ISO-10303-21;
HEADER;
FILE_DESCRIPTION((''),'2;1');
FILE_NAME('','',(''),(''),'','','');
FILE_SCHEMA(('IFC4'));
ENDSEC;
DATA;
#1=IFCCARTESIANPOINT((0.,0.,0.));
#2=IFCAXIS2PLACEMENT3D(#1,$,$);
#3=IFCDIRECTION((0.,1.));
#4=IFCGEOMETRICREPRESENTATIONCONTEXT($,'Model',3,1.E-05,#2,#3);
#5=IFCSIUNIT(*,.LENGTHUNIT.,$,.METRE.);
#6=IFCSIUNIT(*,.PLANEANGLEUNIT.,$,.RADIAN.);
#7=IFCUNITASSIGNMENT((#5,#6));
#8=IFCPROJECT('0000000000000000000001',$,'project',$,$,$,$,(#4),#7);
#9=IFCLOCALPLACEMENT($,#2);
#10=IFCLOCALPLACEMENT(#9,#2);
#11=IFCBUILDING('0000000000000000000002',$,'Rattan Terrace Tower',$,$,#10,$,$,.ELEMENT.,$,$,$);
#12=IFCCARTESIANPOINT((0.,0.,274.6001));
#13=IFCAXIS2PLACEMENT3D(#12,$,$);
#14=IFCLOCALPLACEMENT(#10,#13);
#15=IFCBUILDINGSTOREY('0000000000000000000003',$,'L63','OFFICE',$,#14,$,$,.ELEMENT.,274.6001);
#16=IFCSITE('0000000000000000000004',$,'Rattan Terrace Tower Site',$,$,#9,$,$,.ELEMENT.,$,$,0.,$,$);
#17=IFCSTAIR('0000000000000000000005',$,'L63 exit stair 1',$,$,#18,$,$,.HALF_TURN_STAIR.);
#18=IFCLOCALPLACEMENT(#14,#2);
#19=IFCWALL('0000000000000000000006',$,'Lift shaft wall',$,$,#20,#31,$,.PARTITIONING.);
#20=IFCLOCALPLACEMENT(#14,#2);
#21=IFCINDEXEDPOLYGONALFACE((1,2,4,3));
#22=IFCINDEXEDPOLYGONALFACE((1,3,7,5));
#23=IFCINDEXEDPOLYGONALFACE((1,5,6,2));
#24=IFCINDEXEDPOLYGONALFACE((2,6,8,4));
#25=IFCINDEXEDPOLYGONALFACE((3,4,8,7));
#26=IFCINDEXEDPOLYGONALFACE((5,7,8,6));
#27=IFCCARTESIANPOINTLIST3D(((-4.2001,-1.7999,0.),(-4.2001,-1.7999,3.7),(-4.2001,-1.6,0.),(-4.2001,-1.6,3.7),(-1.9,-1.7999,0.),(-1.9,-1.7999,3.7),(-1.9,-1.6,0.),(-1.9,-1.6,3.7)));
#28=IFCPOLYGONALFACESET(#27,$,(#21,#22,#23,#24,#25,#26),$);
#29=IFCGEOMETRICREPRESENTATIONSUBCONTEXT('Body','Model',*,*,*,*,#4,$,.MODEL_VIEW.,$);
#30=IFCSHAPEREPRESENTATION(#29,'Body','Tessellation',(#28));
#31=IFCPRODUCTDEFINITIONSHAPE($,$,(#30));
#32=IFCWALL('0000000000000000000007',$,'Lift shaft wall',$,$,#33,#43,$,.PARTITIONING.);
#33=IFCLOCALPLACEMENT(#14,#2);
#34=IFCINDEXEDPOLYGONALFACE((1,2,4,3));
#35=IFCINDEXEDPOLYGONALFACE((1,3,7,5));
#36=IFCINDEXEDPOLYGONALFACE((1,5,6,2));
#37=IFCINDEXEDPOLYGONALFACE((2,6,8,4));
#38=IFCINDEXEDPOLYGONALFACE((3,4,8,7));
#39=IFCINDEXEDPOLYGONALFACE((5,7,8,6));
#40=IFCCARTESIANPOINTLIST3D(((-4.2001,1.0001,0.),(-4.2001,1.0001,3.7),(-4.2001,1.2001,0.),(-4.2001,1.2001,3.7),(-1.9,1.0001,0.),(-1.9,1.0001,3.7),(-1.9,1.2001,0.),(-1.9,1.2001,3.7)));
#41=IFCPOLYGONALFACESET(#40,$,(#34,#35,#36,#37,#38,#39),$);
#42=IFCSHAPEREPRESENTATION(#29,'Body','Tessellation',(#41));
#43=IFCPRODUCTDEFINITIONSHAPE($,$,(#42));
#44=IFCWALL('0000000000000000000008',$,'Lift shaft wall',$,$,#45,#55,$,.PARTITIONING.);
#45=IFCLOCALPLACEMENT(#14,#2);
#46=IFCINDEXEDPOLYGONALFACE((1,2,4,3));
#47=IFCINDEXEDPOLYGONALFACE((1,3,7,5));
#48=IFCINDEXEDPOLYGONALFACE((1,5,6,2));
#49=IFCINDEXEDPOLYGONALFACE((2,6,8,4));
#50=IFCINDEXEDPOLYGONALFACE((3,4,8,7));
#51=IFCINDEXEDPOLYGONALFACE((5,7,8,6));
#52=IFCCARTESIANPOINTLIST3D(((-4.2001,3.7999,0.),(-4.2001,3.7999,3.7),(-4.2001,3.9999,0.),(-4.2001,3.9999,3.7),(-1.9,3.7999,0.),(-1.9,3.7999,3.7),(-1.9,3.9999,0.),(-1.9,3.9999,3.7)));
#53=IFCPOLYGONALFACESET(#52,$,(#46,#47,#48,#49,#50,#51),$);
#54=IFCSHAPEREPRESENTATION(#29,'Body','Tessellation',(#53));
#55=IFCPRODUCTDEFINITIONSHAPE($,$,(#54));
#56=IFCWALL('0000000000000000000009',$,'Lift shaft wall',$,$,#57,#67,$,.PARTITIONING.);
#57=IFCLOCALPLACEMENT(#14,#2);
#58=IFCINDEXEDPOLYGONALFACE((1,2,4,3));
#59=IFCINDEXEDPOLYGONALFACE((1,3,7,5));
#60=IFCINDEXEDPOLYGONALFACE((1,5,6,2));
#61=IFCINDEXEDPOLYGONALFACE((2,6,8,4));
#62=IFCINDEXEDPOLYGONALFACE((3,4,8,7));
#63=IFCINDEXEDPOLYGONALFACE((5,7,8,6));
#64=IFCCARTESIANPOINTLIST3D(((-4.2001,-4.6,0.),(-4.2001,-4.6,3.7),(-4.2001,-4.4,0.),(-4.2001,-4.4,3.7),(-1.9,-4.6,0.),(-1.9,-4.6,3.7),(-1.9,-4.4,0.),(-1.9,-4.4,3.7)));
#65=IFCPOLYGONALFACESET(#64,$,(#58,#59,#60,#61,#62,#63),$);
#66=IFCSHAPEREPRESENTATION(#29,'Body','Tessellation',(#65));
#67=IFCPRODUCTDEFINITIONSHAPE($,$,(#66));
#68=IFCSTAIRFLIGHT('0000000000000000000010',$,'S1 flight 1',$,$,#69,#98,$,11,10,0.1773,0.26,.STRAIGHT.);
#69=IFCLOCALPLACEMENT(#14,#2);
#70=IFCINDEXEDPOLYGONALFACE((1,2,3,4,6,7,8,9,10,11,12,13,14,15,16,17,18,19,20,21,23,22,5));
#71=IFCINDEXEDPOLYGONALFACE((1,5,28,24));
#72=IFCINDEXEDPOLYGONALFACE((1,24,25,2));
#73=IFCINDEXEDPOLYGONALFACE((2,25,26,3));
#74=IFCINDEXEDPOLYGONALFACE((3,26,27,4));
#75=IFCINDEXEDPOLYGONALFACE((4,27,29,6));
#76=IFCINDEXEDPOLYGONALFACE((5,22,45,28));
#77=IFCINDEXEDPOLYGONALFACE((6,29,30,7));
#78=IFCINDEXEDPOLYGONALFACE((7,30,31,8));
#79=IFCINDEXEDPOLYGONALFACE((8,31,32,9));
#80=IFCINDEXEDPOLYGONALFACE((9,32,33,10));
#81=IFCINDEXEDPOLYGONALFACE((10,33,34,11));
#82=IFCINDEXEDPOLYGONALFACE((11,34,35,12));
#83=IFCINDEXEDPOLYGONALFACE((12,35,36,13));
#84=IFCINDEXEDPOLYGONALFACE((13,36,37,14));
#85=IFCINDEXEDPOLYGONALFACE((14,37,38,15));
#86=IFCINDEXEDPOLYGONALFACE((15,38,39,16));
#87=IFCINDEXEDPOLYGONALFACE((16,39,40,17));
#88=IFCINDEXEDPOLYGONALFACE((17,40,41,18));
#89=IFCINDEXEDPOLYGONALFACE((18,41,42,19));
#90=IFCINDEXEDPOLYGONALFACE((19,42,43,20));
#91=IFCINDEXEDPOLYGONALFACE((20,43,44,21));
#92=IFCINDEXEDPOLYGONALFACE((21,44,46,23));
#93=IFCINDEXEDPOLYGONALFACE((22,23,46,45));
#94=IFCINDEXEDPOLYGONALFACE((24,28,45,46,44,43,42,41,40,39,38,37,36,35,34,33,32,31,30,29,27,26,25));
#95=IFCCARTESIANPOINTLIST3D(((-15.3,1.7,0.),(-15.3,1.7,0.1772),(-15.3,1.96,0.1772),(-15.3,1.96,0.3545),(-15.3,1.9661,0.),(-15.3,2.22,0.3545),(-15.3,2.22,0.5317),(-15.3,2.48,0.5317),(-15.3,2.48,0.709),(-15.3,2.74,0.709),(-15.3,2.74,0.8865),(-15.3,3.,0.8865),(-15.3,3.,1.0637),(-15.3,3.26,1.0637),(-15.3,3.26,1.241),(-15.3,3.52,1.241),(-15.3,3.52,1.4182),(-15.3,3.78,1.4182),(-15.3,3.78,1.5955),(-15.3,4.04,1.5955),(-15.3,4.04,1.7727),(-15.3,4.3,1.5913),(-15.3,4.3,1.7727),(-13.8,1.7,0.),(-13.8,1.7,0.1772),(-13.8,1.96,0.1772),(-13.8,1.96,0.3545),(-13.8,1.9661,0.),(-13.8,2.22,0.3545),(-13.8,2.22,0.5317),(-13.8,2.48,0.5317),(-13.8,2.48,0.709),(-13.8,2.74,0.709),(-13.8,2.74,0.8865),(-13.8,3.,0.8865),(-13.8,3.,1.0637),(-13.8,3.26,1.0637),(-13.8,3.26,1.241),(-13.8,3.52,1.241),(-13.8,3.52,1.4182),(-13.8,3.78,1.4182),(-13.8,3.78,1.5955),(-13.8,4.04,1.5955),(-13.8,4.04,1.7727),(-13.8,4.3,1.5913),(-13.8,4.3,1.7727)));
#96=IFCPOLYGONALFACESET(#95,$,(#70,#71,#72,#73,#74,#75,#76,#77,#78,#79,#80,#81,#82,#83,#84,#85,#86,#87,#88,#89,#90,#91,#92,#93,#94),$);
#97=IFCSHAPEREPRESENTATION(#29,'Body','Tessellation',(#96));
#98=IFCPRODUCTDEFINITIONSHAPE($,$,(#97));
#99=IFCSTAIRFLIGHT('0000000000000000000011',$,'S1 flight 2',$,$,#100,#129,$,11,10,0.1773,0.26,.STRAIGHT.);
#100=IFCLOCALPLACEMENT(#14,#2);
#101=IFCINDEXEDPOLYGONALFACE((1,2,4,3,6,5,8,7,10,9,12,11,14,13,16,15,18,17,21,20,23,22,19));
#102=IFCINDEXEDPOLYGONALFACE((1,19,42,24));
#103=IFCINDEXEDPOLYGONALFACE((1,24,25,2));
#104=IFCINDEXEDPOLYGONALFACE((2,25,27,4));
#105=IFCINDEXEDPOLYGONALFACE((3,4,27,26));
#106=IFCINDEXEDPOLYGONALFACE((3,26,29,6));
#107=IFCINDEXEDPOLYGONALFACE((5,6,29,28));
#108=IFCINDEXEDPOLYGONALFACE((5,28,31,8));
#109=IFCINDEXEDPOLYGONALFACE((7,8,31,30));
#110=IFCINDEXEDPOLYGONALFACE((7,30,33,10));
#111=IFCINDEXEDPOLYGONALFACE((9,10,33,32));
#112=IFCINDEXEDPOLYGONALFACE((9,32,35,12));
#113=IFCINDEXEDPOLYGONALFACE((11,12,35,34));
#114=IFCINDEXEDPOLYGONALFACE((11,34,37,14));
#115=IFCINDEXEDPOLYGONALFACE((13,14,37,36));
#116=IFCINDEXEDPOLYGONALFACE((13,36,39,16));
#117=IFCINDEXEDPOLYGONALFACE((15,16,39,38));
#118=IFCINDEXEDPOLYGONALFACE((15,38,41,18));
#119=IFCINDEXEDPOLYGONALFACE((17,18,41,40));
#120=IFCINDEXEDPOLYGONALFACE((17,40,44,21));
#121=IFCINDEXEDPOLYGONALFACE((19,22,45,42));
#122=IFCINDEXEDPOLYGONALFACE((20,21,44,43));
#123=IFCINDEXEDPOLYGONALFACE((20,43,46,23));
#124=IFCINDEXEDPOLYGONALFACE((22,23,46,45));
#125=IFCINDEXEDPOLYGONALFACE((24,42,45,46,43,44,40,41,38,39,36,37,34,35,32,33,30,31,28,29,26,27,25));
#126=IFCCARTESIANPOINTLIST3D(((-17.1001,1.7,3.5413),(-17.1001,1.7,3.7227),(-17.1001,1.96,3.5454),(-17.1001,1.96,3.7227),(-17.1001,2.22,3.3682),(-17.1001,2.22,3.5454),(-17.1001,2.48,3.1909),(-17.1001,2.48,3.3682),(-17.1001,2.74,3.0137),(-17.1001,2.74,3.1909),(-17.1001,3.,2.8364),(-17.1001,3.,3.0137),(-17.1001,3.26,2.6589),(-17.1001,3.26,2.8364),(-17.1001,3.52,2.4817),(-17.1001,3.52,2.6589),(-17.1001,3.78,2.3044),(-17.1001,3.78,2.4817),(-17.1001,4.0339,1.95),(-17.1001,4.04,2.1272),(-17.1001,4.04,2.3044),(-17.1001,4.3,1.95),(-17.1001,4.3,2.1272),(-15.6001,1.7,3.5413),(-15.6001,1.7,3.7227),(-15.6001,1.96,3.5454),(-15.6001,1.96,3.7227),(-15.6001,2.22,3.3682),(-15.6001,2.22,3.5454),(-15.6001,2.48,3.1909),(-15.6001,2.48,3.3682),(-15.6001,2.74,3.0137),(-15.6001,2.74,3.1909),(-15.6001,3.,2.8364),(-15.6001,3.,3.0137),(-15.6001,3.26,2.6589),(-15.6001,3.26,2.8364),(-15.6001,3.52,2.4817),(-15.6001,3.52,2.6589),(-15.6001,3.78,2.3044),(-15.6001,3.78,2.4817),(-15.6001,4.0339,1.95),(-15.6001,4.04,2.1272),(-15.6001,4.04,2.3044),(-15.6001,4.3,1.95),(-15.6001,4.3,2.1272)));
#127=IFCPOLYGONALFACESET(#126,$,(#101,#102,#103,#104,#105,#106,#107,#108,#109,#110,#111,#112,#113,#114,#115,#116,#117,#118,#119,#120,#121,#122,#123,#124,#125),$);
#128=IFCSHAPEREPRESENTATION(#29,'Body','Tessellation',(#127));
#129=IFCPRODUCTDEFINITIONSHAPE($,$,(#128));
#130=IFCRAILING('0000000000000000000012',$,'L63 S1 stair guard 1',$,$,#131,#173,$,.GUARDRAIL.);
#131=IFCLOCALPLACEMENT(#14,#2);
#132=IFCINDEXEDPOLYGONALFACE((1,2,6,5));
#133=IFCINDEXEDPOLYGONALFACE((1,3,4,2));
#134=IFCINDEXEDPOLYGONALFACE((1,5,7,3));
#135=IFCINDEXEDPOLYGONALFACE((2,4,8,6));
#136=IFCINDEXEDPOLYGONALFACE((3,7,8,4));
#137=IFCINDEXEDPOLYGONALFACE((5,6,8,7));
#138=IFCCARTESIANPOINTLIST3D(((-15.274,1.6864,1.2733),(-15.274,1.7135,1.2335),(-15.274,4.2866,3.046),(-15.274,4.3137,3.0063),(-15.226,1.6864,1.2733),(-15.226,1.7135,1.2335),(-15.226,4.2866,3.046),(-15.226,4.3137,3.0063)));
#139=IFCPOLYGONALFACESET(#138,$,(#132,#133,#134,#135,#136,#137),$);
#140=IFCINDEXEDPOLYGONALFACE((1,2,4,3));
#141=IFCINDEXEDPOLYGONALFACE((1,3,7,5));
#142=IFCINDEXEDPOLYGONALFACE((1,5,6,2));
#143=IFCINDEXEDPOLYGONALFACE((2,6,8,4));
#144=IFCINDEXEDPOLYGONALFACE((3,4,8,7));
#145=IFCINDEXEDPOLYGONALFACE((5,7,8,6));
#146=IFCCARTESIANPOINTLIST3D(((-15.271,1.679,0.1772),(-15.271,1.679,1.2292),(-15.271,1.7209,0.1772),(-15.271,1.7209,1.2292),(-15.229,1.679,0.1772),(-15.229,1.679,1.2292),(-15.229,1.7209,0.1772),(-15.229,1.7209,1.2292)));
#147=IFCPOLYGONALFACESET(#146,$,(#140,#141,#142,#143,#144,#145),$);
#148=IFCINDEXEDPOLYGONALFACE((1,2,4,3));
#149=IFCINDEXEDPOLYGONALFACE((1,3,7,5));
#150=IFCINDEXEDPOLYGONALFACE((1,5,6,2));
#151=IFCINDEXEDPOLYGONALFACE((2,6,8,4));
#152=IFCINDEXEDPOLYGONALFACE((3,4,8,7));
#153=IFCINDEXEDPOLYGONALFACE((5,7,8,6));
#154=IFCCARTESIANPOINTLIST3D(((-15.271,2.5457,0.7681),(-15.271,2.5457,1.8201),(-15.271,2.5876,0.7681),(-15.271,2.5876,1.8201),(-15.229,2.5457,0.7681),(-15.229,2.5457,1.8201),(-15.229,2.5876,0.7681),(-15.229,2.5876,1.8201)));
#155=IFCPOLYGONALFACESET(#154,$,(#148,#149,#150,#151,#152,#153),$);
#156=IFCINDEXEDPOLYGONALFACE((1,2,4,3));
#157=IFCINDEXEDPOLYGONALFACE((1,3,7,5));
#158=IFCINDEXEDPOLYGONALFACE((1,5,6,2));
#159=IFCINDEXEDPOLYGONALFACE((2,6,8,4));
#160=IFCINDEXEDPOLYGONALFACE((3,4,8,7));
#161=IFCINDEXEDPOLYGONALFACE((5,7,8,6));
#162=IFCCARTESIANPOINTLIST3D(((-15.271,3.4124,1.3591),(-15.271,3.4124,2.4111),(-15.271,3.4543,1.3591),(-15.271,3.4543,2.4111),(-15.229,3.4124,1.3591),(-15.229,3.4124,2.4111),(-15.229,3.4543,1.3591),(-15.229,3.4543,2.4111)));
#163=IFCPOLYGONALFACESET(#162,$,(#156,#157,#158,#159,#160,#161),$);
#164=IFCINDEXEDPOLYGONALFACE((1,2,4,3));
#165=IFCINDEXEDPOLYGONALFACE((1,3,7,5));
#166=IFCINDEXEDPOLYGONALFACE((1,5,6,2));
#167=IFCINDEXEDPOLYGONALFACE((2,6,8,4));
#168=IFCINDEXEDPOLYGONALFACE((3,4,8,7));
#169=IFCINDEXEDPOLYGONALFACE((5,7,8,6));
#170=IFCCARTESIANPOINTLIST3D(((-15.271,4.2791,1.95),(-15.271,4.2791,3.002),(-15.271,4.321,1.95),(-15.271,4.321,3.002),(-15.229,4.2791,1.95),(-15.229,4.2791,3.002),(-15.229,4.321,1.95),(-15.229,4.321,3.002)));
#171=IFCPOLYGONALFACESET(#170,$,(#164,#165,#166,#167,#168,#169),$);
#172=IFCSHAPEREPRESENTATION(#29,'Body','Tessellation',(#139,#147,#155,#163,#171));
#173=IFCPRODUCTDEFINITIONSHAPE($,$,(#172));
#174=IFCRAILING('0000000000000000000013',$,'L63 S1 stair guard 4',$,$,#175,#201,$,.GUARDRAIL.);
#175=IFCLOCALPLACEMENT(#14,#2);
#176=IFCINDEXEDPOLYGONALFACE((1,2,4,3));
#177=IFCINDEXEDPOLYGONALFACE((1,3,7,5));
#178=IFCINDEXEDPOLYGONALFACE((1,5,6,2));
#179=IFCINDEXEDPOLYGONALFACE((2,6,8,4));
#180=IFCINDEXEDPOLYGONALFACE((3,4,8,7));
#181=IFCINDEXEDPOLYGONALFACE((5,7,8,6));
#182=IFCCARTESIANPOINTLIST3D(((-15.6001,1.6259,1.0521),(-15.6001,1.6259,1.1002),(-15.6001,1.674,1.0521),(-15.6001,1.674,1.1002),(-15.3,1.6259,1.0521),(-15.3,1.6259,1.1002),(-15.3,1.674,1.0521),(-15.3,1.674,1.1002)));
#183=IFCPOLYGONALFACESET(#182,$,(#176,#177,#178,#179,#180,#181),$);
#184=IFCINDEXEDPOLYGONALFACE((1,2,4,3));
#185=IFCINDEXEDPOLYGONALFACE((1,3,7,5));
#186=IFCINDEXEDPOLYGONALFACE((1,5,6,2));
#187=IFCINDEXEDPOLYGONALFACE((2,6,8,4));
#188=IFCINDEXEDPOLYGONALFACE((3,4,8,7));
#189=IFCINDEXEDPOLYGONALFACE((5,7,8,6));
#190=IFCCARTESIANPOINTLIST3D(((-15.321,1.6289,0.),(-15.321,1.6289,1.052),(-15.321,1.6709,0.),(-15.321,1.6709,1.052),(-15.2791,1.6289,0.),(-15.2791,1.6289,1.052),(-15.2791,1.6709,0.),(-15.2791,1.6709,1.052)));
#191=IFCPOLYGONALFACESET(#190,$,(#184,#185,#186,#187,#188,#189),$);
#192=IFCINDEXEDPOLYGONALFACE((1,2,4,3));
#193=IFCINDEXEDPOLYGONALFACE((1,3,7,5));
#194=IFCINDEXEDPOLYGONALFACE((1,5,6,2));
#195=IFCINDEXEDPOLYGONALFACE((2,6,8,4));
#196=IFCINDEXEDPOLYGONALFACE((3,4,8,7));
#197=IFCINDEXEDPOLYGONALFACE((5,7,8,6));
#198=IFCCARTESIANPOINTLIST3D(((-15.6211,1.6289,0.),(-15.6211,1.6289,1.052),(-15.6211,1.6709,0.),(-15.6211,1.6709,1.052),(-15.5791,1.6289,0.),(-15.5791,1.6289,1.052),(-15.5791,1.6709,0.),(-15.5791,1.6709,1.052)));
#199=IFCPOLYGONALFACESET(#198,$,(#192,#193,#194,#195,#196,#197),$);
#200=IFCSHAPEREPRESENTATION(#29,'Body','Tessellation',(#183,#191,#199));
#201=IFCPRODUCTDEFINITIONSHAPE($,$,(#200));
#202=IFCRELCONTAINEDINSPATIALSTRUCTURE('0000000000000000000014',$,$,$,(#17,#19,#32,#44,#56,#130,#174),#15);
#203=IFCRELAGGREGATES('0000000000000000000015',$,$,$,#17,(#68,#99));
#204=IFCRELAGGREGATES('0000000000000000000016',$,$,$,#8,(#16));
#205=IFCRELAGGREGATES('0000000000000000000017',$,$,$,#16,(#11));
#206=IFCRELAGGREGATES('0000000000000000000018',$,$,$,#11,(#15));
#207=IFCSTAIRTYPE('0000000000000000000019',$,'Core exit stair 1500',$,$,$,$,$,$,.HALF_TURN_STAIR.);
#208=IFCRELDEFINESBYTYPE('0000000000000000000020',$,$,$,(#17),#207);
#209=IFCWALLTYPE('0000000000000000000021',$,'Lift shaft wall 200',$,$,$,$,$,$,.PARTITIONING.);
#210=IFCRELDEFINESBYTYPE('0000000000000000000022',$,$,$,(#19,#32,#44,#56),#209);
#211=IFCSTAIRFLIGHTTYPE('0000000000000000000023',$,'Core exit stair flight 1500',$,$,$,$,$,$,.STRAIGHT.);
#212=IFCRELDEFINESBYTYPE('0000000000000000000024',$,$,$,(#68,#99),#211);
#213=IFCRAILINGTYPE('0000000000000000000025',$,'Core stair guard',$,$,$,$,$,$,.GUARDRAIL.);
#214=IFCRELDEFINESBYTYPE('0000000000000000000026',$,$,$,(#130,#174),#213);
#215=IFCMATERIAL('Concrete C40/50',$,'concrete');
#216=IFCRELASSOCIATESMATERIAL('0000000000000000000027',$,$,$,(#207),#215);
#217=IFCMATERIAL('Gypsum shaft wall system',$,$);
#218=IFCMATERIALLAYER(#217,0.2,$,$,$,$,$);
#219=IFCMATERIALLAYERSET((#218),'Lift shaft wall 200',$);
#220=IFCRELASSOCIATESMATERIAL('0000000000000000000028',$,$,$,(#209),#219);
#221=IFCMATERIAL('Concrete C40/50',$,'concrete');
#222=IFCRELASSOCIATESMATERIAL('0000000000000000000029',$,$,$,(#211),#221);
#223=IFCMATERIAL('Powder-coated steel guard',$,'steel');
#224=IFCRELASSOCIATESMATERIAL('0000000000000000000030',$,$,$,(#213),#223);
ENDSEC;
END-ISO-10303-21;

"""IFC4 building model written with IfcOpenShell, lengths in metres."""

from ifc_helpers import new_model, si_unit, direction, frame, frame_2d, origin, origin_2d, place, context, subcontext, project, spatial, polyline, rectangle, outline, extrude, material, layer, layer_set, type_object, element, aggregate, save


model = new_model("IFC4")

# Units and contexts
model_context = context("Model", 3, precision=1e-05, world=origin(), true_north=direction((0.0, 1.0)))
body_context = subcontext(model_context, "Body", "Model", "MODEL_VIEW")
ifc_project = project(units=[si_unit("LENGTHUNIT", "METRE"), si_unit("PLANEANGLEUNIT", "RADIAN")], contexts=[model_context])

# Site, building, storey
site_placement = place(None, origin())
site = spatial("IfcSite", under=ifc_project, at=site_placement, Name="Rattan Terrace Tower Site", CompositionType="ELEMENT", RefElevation=0.0)
building_placement = place(site_placement, origin())
building = spatial("IfcBuilding", under=site, at=building_placement, Name="Rattan Terrace Tower", CompositionType="ELEMENT")
storey_placement = place(building_placement, frame((0.0, 0.0, 274.6001)))
storey = spatial("IfcBuildingStorey", under=building, at=storey_placement, Name="L63", Description="OFFICE", CompositionType="ELEMENT", Elevation=274.6001)

# Stair
ifc_material_1 = material(Name="Concrete C40/50", Category="concrete")
stair_type = type_object("IfcStairType", Name="Core exit stair 1500", PredefinedType="HALF_TURN_STAIR", material=ifc_material_1)
stair_1_placement = place(storey_placement, origin())
stair_1 = element("IfcStair", 1, at=stair_1_placement, inside=storey, type_object=stair_type, Name="L63 exit stair 1", PredefinedType="HALF_TURN_STAIR")

# Shared definitions
ifc_material_2 = material(Name="Gypsum shaft wall system")
ifc_layer_1 = layer(ifc_material_2, 0.2)
ifc_layer_set_1 = layer_set([ifc_layer_1], Name="Lift shaft wall 200")
wall_type_1 = type_object("IfcWallType", Name="Lift shaft wall 200", PredefinedType="PARTITIONING", material=ifc_layer_set_1)

# Walls
for number, where, z_axis, x_axis, name in (
    (2, (-4.2, -1.7, 0.0), (0.0, 0.0, 1.0), (1.0, 0.0, 0.0), "Lift shaft wall"),
    (3, (-4.2, 1.1001, 0.0), (0.0, 0.0, 1.0), (1.0, 0.0, 0.0), "Lift shaft wall"),
    (4, (-4.2, 3.8999, 0.0), (0.0, 0.0, 1.0), (1.0, 0.0, 0.0), "Lift shaft wall"),
    (5, (-4.2, -4.5, 0.0), (0.0, 0.0, 1.0), (1.0, 0.0, 0.0), "Lift shaft wall"),
):
    element("IfcWall", number, at=place(storey_placement, frame(where, z_axis=z_axis, x_axis=x_axis)), inside=storey, type_object=wall_type_1, Name=name, PredefinedType="PARTITIONING", context=body_context, shape_type="SweptSolid", body=[
        extrude(rectangle(XDim=2.3, YDim=0.2, at=frame_2d((1.1499, 0.0))), origin(), (0.0, 0.0, 1.0), 3.7),
    ])

# Stair flights
ifc_material_3 = material(Name="Concrete C40/50", Category="concrete")
stair_flight_type = type_object("IfcStairFlightType", Name="Core exit stair flight 1500", PredefinedType="STRAIGHT", material=ifc_material_3)
stair_flight_1_placement = place(storey_placement, frame((-14.55, 1.7, 0.0), z_axis=(0.0, 0.0, 1.0), x_axis=(0.0, 1.0, 0.0)))
stair_flight_1 = element("IfcStairFlight", 6, at=stair_flight_1_placement, type_object=stair_flight_type, Name="S1 flight 1", NumberOfRisers=11, NumberOfTreads=10, PredefinedType="STRAIGHT", RiserHeight=0.1773, TreadLength=0.26, context=body_context, shape_type="SweptSolid", body=[
    extrude(outline(polyline([(0.0, 0.0), (0.0, 0.1772), (0.26, 0.1772), (0.26, 0.3545), (0.52, 0.3545), (0.52, 0.5317), (0.78, 0.5317), (0.78, 0.709), (1.04, 0.709), (1.04, 0.8865), (1.3, 0.8865), (1.3, 1.0637), (1.5601, 1.0637), (1.5601, 1.241), (1.8201, 1.241), (1.8201, 1.4182), (2.0801, 1.4182), (2.0801, 1.5955), (2.3401, 1.5955), (2.3401, 1.7727), (2.6001, 1.7727), (2.6001, 1.95), (2.6001, 1.5913), (0.2661, 0.0), (0.0, 0.0)])), frame((0.0, 0.75, 0.0), z_axis=(0.0, -1.0, 0.0), x_axis=(1.0, 0.0, 0.0)), (0.0, 0.0, 1.0), 1.5),
])
stair_flight_2_placement = place(storey_placement, frame((-16.3501, 4.3, 1.95), z_axis=(0.0, 0.0, 1.0), x_axis=(0.0, -1.0, 0.0)))
stair_flight_2 = element("IfcStairFlight", 7, at=stair_flight_2_placement, type_object=stair_flight_type, Name="S1 flight 2", NumberOfRisers=11, NumberOfTreads=10, PredefinedType="STRAIGHT", RiserHeight=0.1773, TreadLength=0.26, context=body_context, shape_type="SweptSolid", body=[
    extrude(outline(polyline([(0.0, 0.0), (0.0, 0.1772), (0.26, 0.1772), (0.26, 0.3545), (0.52, 0.3545), (0.52, 0.5317), (0.78, 0.5317), (0.78, 0.709), (1.04, 0.709), (1.04, 0.8865), (1.3, 0.8865), (1.3, 1.0637), (1.5601, 1.0637), (1.5601, 1.241), (1.8201, 1.241), (1.8201, 1.4182), (2.0801, 1.4182), (2.0801, 1.5955), (2.3401, 1.5955), (2.3401, 1.7727), (2.6001, 1.7727), (2.6001, 1.95), (2.6001, 1.5913), (0.2661, 0.0), (0.0, 0.0)])), frame((0.0, 0.75, 0.0), z_axis=(0.0, -1.0, 0.0), x_axis=(1.0, 0.0, 0.0)), (0.0, 0.0, 1.0), 1.5),
])
aggregate(stair_1, [stair_flight_1, stair_flight_2])

# Railings
ifc_material_4 = material(Name="Powder-coated steel guard", Category="steel")
railing_type_1 = type_object("IfcRailingType", Name="Core stair guard", PredefinedType="GUARDRAIL", material=ifc_material_4)
railing_1_placement = place(storey_placement, frame((-15.25, 1.7, 0.1772)))
element("IfcRailing", 8, at=railing_1_placement, inside=storey, type_object=railing_type_1, Name="L63 S1 stair guard 1", PredefinedType="GUARDRAIL", context=body_context, shape_type="SweptSolid", body=[
    extrude(rectangle(XDim=0.0481, YDim=0.0481, at=origin_2d()), frame((0.0, 0.0, 1.0762), z_axis=(0.0, 0.82624, 0.563318), x_axis=(-1.0, 0.0, 0.0)), (0.0, 0.0, 1.0), 3.147),
    extrude(rectangle(XDim=0.042, YDim=0.042, at=origin_2d()), origin(), (0.0, 0.0, 1.0), 1.052),
    extrude(rectangle(XDim=0.042, YDim=0.042, at=origin_2d()), frame((0.0, 0.8667, 0.5908)), (0.0, 0.0, 1.0), 1.052),
    extrude(rectangle(XDim=0.042, YDim=0.042, at=origin_2d()), frame((0.0, 1.7334, 1.1819)), (0.0, 0.0, 1.0), 1.052),
    extrude(rectangle(XDim=0.042, YDim=0.042, at=origin_2d()), frame((0.0, 2.6001, 1.7727)), (0.0, 0.0, 1.0), 1.052),
])
railing_2_placement = place(storey_placement, frame((-15.3, 1.6499, 0.0)))
element("IfcRailing", 9, at=railing_2_placement, inside=storey, type_object=railing_type_1, Name="L63 S1 stair guard 4", PredefinedType="GUARDRAIL", context=body_context, shape_type="SweptSolid", body=[
    extrude(rectangle(XDim=0.0481, YDim=0.0481, at=origin_2d()), frame((0.0, 0.0, 1.0762), z_axis=(-1.0, 0.0, 0.0), x_axis=(0.0, -1.0, 0.0)), (0.0, 0.0, 1.0), 0.3),
    extrude(rectangle(XDim=0.042, YDim=0.042, at=origin_2d()), origin(), (0.0, 0.0, 1.0), 1.052),
    extrude(rectangle(XDim=0.042, YDim=0.042, at=origin_2d()), frame((-0.3, 0.0, 0.0)), (0.0, 0.0, 1.0), 1.052),
])

save(model, "model.ifc")
